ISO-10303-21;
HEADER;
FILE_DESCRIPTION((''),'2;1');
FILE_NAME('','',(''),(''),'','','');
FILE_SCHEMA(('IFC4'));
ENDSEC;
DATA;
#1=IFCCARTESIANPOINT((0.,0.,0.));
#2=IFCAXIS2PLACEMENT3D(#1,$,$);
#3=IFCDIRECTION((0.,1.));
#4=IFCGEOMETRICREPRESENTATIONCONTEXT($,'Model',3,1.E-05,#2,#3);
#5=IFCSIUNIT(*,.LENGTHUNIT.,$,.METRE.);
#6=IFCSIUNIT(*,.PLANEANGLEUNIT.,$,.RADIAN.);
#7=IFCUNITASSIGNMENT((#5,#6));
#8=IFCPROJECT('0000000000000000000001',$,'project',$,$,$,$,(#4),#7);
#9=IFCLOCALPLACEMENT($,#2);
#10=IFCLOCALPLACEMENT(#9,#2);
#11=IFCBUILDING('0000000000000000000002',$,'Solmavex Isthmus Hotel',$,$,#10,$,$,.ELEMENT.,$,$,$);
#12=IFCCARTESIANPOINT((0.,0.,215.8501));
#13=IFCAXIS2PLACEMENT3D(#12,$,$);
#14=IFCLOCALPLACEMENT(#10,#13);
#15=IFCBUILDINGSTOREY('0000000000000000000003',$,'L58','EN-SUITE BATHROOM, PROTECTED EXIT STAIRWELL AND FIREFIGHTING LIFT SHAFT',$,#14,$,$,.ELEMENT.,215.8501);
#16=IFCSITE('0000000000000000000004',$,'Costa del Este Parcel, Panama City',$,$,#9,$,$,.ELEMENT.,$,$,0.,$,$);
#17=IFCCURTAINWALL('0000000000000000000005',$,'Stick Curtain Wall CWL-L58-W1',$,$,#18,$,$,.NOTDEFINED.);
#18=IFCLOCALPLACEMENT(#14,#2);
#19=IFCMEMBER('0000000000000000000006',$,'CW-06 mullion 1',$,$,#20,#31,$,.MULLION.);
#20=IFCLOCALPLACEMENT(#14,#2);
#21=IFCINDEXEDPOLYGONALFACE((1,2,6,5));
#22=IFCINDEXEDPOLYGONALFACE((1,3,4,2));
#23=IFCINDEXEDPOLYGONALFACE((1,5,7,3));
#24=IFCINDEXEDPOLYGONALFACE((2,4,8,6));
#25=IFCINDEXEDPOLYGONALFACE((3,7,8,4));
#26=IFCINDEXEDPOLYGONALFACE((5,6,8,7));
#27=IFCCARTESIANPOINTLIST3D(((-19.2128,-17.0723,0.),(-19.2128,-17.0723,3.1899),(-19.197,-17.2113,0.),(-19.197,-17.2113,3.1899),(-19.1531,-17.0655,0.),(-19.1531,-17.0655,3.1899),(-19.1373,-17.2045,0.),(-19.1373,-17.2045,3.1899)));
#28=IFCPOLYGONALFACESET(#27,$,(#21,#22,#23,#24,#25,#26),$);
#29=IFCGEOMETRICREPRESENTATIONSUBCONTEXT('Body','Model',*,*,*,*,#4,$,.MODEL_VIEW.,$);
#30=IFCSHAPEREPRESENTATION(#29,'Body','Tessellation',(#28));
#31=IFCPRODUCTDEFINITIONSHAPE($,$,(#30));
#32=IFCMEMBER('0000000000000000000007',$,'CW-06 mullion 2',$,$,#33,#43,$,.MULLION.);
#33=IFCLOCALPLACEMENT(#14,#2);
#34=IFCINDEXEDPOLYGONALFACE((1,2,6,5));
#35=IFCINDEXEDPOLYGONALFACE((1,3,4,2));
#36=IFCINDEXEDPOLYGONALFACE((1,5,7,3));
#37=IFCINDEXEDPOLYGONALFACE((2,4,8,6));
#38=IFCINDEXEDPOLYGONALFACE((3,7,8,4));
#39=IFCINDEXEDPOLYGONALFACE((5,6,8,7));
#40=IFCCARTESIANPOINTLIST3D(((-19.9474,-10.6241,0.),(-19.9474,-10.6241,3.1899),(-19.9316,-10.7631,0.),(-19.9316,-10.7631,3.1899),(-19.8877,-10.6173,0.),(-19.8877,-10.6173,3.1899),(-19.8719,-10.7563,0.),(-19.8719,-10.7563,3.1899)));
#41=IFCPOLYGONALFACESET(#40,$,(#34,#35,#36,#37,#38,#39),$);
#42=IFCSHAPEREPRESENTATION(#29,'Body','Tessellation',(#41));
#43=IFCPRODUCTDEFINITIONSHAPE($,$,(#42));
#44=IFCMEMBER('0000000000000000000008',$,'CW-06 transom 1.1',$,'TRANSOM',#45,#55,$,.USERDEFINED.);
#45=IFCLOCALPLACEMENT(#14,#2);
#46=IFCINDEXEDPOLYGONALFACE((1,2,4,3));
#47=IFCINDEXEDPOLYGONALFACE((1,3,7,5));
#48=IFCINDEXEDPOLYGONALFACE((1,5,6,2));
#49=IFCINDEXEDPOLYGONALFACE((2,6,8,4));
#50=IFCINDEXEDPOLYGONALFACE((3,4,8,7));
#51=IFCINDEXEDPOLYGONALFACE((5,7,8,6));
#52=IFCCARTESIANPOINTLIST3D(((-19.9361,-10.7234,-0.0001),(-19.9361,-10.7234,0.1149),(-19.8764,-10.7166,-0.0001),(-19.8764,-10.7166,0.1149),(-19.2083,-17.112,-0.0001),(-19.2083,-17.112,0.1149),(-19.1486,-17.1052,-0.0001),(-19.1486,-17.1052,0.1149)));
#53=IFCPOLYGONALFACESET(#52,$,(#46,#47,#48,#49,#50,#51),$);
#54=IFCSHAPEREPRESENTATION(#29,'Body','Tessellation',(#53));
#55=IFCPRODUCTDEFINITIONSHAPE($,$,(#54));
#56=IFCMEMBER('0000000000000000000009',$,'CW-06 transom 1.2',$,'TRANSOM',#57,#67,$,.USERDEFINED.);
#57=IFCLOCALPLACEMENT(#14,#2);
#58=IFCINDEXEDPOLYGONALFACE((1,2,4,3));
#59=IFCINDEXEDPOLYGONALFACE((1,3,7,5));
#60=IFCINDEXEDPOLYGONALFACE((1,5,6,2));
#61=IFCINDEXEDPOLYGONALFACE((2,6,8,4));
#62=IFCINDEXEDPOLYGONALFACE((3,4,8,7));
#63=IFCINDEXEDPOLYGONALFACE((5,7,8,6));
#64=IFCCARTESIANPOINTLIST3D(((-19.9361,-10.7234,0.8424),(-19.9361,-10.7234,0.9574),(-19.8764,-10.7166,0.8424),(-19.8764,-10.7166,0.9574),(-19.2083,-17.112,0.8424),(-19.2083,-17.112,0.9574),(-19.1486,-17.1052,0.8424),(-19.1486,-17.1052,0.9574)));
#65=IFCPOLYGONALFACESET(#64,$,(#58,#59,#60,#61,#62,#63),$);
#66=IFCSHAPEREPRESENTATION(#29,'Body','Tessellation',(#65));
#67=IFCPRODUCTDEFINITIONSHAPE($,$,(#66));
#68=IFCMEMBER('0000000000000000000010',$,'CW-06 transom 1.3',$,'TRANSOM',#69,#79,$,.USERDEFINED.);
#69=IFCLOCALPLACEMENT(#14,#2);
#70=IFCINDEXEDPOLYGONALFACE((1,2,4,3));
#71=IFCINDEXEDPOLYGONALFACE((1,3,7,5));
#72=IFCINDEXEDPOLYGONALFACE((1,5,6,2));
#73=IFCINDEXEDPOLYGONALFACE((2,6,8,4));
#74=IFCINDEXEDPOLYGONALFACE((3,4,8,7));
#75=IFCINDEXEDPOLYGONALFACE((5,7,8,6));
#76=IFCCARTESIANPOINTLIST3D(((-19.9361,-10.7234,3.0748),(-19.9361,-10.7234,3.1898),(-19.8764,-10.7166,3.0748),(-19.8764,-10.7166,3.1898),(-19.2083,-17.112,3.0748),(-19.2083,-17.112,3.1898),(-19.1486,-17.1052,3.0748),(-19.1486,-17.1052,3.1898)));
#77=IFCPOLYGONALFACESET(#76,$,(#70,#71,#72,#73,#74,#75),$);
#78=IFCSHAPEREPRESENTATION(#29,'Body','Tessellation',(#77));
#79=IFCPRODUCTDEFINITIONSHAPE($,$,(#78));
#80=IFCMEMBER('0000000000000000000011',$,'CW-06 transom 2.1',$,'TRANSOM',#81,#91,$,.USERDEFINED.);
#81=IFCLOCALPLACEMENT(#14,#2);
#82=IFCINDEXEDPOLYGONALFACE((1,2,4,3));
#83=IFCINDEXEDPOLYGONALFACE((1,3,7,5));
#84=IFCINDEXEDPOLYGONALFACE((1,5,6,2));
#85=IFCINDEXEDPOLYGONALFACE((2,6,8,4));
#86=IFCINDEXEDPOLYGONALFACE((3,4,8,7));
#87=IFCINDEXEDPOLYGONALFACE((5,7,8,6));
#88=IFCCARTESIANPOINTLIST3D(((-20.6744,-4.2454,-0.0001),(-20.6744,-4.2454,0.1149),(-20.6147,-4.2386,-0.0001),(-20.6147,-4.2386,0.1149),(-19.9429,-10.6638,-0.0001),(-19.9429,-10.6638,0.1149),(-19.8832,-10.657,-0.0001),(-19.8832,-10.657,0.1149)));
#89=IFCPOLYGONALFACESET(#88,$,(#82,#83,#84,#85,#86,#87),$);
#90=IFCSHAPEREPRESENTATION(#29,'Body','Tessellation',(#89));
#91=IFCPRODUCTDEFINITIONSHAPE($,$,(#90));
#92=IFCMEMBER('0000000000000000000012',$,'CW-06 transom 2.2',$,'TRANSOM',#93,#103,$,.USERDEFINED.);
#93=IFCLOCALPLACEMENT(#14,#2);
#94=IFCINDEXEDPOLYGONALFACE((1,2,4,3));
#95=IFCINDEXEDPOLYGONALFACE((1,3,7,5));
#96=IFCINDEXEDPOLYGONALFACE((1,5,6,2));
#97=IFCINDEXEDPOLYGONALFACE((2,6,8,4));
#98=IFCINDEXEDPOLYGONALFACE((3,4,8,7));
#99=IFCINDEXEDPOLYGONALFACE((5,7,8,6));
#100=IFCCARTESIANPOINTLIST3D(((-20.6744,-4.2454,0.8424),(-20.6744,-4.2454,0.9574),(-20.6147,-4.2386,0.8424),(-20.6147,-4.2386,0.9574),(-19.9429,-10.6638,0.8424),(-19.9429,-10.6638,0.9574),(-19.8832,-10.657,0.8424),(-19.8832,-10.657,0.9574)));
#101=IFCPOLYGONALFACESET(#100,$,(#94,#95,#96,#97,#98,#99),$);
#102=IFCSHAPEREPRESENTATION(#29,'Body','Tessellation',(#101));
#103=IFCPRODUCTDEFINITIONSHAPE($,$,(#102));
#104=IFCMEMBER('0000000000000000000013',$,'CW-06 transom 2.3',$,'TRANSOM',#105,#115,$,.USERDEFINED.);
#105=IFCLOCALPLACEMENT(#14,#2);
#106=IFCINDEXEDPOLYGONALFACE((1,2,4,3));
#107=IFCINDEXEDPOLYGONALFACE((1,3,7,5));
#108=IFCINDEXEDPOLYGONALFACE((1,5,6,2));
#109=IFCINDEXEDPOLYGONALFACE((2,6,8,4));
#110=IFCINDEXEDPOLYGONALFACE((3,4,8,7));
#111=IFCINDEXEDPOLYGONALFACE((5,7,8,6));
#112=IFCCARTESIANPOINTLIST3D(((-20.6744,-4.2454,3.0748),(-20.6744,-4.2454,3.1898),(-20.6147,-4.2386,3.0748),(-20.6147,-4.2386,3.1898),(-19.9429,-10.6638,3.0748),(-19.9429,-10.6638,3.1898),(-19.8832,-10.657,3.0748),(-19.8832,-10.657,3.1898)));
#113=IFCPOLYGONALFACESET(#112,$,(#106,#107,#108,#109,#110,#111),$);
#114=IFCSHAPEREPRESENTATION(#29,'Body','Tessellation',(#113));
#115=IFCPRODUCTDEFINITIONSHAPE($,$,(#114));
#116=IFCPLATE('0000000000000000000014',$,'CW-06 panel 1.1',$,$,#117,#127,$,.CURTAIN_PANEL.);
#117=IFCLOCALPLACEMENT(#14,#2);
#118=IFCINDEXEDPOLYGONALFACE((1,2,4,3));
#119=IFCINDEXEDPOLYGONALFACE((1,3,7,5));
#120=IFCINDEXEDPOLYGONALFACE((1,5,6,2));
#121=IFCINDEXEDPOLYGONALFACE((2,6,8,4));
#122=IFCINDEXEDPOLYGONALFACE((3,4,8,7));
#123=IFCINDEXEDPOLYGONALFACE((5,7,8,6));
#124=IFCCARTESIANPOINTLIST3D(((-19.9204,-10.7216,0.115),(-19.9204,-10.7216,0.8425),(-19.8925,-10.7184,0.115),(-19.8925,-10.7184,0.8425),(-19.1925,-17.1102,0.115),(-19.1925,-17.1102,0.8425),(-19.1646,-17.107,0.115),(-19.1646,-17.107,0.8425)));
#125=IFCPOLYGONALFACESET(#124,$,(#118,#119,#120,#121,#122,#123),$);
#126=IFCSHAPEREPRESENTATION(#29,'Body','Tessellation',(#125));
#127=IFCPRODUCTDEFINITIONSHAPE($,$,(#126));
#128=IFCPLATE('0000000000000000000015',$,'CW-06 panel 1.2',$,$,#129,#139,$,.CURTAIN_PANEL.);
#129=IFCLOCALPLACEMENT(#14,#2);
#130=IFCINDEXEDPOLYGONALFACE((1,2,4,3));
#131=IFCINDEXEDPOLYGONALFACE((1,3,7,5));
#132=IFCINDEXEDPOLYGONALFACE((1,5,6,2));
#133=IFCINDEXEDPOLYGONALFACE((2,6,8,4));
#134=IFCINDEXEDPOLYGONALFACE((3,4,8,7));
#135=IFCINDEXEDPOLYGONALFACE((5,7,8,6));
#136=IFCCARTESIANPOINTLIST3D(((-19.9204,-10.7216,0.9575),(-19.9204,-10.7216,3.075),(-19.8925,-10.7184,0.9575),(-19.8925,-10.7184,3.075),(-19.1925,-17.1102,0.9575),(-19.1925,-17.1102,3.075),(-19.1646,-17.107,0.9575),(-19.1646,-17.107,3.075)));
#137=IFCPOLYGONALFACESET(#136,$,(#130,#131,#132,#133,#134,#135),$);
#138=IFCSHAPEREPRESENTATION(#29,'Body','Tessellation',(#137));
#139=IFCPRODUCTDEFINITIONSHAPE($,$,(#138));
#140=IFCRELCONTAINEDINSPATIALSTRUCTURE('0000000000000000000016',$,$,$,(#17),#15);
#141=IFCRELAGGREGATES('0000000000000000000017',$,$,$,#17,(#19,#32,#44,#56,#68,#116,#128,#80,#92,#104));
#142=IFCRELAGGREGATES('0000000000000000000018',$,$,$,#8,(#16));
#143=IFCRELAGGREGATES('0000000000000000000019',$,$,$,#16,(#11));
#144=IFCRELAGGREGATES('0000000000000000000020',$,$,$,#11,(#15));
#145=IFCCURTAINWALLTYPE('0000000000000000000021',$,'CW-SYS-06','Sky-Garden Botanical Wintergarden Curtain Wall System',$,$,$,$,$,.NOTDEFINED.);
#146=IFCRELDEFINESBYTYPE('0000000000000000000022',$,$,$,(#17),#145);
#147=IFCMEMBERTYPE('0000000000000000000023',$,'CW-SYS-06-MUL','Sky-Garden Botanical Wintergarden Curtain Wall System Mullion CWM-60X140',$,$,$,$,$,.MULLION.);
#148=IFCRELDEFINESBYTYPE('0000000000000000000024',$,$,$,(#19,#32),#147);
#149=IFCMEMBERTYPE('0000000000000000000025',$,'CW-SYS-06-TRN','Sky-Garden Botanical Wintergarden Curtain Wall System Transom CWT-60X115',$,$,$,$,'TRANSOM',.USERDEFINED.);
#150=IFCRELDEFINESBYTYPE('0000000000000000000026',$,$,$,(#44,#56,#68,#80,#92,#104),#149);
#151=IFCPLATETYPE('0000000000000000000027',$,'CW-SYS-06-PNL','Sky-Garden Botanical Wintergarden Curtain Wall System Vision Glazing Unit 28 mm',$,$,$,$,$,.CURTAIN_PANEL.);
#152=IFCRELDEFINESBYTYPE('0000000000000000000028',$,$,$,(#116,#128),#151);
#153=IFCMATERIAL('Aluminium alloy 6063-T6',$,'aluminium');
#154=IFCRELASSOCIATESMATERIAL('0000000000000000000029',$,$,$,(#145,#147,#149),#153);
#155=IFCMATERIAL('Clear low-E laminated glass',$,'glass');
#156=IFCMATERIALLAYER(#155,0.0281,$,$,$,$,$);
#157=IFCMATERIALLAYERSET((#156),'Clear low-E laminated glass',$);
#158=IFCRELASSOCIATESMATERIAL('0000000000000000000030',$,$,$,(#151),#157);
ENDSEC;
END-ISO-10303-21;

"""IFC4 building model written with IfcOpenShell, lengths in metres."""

from ifc_helpers import new_model, si_unit, direction, frame, origin, origin_2d, place, context, subcontext, project, spatial, rectangle, extrude, material, layer, layer_set, material_profile, profile_set, type_object, element, aggregate, save


model = new_model("IFC4")

# Units and contexts
model_context = context("Model", 3, precision=1e-05, world=origin(), true_north=direction((0.0, 1.0)))
body_context = subcontext(model_context, "Body", "Model", "MODEL_VIEW")
ifc_project = project(units=[si_unit("LENGTHUNIT", "METRE"), si_unit("PLANEANGLEUNIT", "RADIAN")], contexts=[model_context])

# Site, building, storey
site_placement = place(None, origin())
site = spatial("IfcSite", under=ifc_project, at=site_placement, Name="Costa del Este Parcel, Panama City", CompositionType="ELEMENT", RefElevation=0.0)
building_placement = place(site_placement, origin())
building = spatial("IfcBuilding", under=site, at=building_placement, Name="Solmavex Isthmus Hotel", CompositionType="ELEMENT")
storey_placement = place(building_placement, frame((0.0, 0.0, 215.8501)))
storey = spatial("IfcBuildingStorey", under=building, at=storey_placement, Name="L58", Description="EN-SUITE BATHROOM, PROTECTED EXIT STAIRWELL AND FIREFIGHTING LIFT SHAFT", CompositionType="ELEMENT", Elevation=215.8501)

# Curtain wall, members, plates
ifc_material_1 = material(Name="Aluminium alloy 6063-T6", Category="aluminium")
curtain_wall_type = type_object("IfcCurtainWallType", Name="CW-SYS-06", Description="Sky-Garden Botanical Wintergarden Curtain Wall System", PredefinedType="NOTDEFINED", material=ifc_material_1)
curtain_wall_placement = place(storey_placement, origin())
curtain_wall = element("IfcCurtainWall", 1, at=curtain_wall_placement, inside=storey, type_object=curtain_wall_type, Name="Stick Curtain Wall CWL-L58-W1", PredefinedType="NOTDEFINED")
ifc_material_profile_1 = material_profile(ifc_material_1, rectangle(XDim=0.0601, YDim=0.1399, at=origin_2d()), Name="CWM-60X140")
ifc_profile_set_1 = profile_set([ifc_material_profile_1], Name="Aluminium alloy 6063-T6")
member_type_1 = type_object("IfcMemberType", Name="CW-SYS-06-MUL", Description="Sky-Garden Botanical Wintergarden Curtain Wall System Mullion CWM-60X140", PredefinedType="MULLION", material=ifc_profile_set_1)
member_1_placement = place(storey_placement, frame((-19.175, -17.1384, 0.0), z_axis=(0.0, 0.0, 1.0), x_axis=(-0.993572, -0.113203, 0.0)))
member_1 = element("IfcMember", 2, at=member_1_placement, type_object=member_type_1, Name="CW-06 mullion 1", PredefinedType="MULLION", context=body_context, shape_type="SweptSolid", body=[
    extrude(rectangle(XDim=0.0601, YDim=0.1399, at=origin_2d()), origin(), (0.0, 0.0, 1.0), 3.1899),
])
member_2_placement = place(storey_placement, frame((-19.9097, -10.6902, 0.0), z_axis=(0.0, 0.0, 1.0), x_axis=(-0.993572, -0.113203, 0.0)))
member_2 = element("IfcMember", 3, at=member_2_placement, type_object=member_type_1, Name="CW-06 mullion 2", PredefinedType="MULLION", context=body_context, shape_type="SweptSolid", body=[
    extrude(rectangle(XDim=0.0601, YDim=0.1399, at=origin_2d()), origin(), (0.0, 0.0, 1.0), 3.1899),
])
ifc_material_profile_2 = material_profile(ifc_material_1, rectangle(XDim=0.0601, YDim=0.115, at=origin_2d()), Name="CWT-60X115")
ifc_profile_set_2 = profile_set([ifc_material_profile_2], Name="Aluminium alloy 6063-T6")
member_type_2 = type_object("IfcMemberType", Name="CW-SYS-06-TRN", Description="Sky-Garden Botanical Wintergarden Curtain Wall System Transom CWT-60X115", ElementType="TRANSOM", PredefinedType="USERDEFINED", material=ifc_profile_set_2)
member_3_placement = place(storey_placement, frame((-19.1785, -17.1086, 0.0574), z_axis=(-0.113186, 0.993574, 0.0), x_axis=(-0.993574, -0.113186, 0.0)))
member_3 = element("IfcMember", 4, at=member_3_placement, type_object=member_type_2, Name="CW-06 transom 1.1", ObjectType="TRANSOM", PredefinedType="USERDEFINED", context=body_context, shape_type="SweptSolid", body=[
    extrude(rectangle(XDim=0.0601, YDim=0.115, at=origin_2d()), origin(), (0.0, 0.0, 1.0), 6.4299),
])
member_4_placement = place(storey_placement, frame((-19.1785, -17.1086, 0.8999), z_axis=(-0.113186, 0.993574, 0.0), x_axis=(-0.993574, -0.113186, 0.0)))
member_4 = element("IfcMember", 5, at=member_4_placement, type_object=member_type_2, Name="CW-06 transom 1.2", ObjectType="TRANSOM", PredefinedType="USERDEFINED", context=body_context, shape_type="SweptSolid", body=[
    extrude(rectangle(XDim=0.0601, YDim=0.115, at=origin_2d()), origin(), (0.0, 0.0, 1.0), 6.4299),
])
member_5_placement = place(storey_placement, frame((-19.1785, -17.1086, 3.1323), z_axis=(-0.113186, 0.993574, 0.0), x_axis=(-0.993574, -0.113186, 0.0)))
member_5 = element("IfcMember", 6, at=member_5_placement, type_object=member_type_2, Name="CW-06 transom 1.3", ObjectType="TRANSOM", PredefinedType="USERDEFINED", context=body_context, shape_type="SweptSolid", body=[
    extrude(rectangle(XDim=0.0601, YDim=0.115, at=origin_2d()), origin(), (0.0, 0.0, 1.0), 6.4299),
])
member_6_placement = place(storey_placement, frame((-19.9131, -10.6604, 0.0574), z_axis=(-0.113227, 0.993569, 0.0), x_axis=(-0.993569, -0.113227, 0.0)))
member_6 = element("IfcMember", 7, at=member_6_placement, type_object=member_type_2, Name="CW-06 transom 2.1", ObjectType="TRANSOM", PredefinedType="USERDEFINED", context=body_context, shape_type="SweptSolid", body=[
    extrude(rectangle(XDim=0.0601, YDim=0.115, at=origin_2d()), origin(), (0.0, 0.0, 1.0), 6.46),
])
member_7_placement = place(storey_placement, frame((-19.9131, -10.6604, 0.8999), z_axis=(-0.113227, 0.993569, 0.0), x_axis=(-0.993569, -0.113227, 0.0)))
member_7 = element("IfcMember", 8, at=member_7_placement, type_object=member_type_2, Name="CW-06 transom 2.2", ObjectType="TRANSOM", PredefinedType="USERDEFINED", context=body_context, shape_type="SweptSolid", body=[
    extrude(rectangle(XDim=0.0601, YDim=0.115, at=origin_2d()), origin(), (0.0, 0.0, 1.0), 6.46),
])
member_8_placement = place(storey_placement, frame((-19.9131, -10.6604, 3.1323), z_axis=(-0.113227, 0.993569, 0.0), x_axis=(-0.993569, -0.113227, 0.0)))
member_8 = element("IfcMember", 9, at=member_8_placement, type_object=member_type_2, Name="CW-06 transom 2.3", ObjectType="TRANSOM", PredefinedType="USERDEFINED", context=body_context, shape_type="SweptSolid", body=[
    extrude(rectangle(XDim=0.0601, YDim=0.115, at=origin_2d()), origin(), (0.0, 0.0, 1.0), 6.46),
])
ifc_material_2 = material(Name="Clear low-E laminated glass", Category="glass")
ifc_layer_1 = layer(ifc_material_2, 0.0281)
ifc_layer_set_1 = layer_set([ifc_layer_1], Name="Clear low-E laminated glass")
plate_type = type_object("IfcPlateType", Name="CW-SYS-06-PNL", Description="Sky-Garden Botanical Wintergarden Curtain Wall System Vision Glazing Unit 28 mm", PredefinedType="CURTAIN_PANEL", material=ifc_layer_set_1)
plate_1_placement = place(storey_placement, frame((-19.5425, -13.9143, 0.115), z_axis=(0.0, 0.0, 1.0), x_axis=(-0.113203, 0.993572, 0.0)))
plate_1 = element("IfcPlate", 10, at=plate_1_placement, type_object=plate_type, Name="CW-06 panel 1.1", PredefinedType="CURTAIN_PANEL", context=body_context, shape_type="SweptSolid", body=[
    extrude(rectangle(XDim=6.4299, YDim=0.0281, at=origin_2d()), origin(), (0.0, 0.0, 1.0), 0.7275),
])
plate_2_placement = place(storey_placement, frame((-19.5425, -13.9143, 0.9575), z_axis=(0.0, 0.0, 1.0), x_axis=(-0.113203, 0.993572, 0.0)))
plate_2 = element("IfcPlate", 11, at=plate_2_placement, type_object=plate_type, Name="CW-06 panel 1.2", PredefinedType="CURTAIN_PANEL", context=body_context, shape_type="SweptSolid", body=[
    extrude(rectangle(XDim=6.4299, YDim=0.0281, at=origin_2d()), origin(), (0.0, 0.0, 1.0), 2.1174),
])
aggregate(curtain_wall, [member_1, member_2, member_3, member_4, member_5, plate_1, plate_2, member_6, member_7, member_8])

save(model, "model.ifc")
